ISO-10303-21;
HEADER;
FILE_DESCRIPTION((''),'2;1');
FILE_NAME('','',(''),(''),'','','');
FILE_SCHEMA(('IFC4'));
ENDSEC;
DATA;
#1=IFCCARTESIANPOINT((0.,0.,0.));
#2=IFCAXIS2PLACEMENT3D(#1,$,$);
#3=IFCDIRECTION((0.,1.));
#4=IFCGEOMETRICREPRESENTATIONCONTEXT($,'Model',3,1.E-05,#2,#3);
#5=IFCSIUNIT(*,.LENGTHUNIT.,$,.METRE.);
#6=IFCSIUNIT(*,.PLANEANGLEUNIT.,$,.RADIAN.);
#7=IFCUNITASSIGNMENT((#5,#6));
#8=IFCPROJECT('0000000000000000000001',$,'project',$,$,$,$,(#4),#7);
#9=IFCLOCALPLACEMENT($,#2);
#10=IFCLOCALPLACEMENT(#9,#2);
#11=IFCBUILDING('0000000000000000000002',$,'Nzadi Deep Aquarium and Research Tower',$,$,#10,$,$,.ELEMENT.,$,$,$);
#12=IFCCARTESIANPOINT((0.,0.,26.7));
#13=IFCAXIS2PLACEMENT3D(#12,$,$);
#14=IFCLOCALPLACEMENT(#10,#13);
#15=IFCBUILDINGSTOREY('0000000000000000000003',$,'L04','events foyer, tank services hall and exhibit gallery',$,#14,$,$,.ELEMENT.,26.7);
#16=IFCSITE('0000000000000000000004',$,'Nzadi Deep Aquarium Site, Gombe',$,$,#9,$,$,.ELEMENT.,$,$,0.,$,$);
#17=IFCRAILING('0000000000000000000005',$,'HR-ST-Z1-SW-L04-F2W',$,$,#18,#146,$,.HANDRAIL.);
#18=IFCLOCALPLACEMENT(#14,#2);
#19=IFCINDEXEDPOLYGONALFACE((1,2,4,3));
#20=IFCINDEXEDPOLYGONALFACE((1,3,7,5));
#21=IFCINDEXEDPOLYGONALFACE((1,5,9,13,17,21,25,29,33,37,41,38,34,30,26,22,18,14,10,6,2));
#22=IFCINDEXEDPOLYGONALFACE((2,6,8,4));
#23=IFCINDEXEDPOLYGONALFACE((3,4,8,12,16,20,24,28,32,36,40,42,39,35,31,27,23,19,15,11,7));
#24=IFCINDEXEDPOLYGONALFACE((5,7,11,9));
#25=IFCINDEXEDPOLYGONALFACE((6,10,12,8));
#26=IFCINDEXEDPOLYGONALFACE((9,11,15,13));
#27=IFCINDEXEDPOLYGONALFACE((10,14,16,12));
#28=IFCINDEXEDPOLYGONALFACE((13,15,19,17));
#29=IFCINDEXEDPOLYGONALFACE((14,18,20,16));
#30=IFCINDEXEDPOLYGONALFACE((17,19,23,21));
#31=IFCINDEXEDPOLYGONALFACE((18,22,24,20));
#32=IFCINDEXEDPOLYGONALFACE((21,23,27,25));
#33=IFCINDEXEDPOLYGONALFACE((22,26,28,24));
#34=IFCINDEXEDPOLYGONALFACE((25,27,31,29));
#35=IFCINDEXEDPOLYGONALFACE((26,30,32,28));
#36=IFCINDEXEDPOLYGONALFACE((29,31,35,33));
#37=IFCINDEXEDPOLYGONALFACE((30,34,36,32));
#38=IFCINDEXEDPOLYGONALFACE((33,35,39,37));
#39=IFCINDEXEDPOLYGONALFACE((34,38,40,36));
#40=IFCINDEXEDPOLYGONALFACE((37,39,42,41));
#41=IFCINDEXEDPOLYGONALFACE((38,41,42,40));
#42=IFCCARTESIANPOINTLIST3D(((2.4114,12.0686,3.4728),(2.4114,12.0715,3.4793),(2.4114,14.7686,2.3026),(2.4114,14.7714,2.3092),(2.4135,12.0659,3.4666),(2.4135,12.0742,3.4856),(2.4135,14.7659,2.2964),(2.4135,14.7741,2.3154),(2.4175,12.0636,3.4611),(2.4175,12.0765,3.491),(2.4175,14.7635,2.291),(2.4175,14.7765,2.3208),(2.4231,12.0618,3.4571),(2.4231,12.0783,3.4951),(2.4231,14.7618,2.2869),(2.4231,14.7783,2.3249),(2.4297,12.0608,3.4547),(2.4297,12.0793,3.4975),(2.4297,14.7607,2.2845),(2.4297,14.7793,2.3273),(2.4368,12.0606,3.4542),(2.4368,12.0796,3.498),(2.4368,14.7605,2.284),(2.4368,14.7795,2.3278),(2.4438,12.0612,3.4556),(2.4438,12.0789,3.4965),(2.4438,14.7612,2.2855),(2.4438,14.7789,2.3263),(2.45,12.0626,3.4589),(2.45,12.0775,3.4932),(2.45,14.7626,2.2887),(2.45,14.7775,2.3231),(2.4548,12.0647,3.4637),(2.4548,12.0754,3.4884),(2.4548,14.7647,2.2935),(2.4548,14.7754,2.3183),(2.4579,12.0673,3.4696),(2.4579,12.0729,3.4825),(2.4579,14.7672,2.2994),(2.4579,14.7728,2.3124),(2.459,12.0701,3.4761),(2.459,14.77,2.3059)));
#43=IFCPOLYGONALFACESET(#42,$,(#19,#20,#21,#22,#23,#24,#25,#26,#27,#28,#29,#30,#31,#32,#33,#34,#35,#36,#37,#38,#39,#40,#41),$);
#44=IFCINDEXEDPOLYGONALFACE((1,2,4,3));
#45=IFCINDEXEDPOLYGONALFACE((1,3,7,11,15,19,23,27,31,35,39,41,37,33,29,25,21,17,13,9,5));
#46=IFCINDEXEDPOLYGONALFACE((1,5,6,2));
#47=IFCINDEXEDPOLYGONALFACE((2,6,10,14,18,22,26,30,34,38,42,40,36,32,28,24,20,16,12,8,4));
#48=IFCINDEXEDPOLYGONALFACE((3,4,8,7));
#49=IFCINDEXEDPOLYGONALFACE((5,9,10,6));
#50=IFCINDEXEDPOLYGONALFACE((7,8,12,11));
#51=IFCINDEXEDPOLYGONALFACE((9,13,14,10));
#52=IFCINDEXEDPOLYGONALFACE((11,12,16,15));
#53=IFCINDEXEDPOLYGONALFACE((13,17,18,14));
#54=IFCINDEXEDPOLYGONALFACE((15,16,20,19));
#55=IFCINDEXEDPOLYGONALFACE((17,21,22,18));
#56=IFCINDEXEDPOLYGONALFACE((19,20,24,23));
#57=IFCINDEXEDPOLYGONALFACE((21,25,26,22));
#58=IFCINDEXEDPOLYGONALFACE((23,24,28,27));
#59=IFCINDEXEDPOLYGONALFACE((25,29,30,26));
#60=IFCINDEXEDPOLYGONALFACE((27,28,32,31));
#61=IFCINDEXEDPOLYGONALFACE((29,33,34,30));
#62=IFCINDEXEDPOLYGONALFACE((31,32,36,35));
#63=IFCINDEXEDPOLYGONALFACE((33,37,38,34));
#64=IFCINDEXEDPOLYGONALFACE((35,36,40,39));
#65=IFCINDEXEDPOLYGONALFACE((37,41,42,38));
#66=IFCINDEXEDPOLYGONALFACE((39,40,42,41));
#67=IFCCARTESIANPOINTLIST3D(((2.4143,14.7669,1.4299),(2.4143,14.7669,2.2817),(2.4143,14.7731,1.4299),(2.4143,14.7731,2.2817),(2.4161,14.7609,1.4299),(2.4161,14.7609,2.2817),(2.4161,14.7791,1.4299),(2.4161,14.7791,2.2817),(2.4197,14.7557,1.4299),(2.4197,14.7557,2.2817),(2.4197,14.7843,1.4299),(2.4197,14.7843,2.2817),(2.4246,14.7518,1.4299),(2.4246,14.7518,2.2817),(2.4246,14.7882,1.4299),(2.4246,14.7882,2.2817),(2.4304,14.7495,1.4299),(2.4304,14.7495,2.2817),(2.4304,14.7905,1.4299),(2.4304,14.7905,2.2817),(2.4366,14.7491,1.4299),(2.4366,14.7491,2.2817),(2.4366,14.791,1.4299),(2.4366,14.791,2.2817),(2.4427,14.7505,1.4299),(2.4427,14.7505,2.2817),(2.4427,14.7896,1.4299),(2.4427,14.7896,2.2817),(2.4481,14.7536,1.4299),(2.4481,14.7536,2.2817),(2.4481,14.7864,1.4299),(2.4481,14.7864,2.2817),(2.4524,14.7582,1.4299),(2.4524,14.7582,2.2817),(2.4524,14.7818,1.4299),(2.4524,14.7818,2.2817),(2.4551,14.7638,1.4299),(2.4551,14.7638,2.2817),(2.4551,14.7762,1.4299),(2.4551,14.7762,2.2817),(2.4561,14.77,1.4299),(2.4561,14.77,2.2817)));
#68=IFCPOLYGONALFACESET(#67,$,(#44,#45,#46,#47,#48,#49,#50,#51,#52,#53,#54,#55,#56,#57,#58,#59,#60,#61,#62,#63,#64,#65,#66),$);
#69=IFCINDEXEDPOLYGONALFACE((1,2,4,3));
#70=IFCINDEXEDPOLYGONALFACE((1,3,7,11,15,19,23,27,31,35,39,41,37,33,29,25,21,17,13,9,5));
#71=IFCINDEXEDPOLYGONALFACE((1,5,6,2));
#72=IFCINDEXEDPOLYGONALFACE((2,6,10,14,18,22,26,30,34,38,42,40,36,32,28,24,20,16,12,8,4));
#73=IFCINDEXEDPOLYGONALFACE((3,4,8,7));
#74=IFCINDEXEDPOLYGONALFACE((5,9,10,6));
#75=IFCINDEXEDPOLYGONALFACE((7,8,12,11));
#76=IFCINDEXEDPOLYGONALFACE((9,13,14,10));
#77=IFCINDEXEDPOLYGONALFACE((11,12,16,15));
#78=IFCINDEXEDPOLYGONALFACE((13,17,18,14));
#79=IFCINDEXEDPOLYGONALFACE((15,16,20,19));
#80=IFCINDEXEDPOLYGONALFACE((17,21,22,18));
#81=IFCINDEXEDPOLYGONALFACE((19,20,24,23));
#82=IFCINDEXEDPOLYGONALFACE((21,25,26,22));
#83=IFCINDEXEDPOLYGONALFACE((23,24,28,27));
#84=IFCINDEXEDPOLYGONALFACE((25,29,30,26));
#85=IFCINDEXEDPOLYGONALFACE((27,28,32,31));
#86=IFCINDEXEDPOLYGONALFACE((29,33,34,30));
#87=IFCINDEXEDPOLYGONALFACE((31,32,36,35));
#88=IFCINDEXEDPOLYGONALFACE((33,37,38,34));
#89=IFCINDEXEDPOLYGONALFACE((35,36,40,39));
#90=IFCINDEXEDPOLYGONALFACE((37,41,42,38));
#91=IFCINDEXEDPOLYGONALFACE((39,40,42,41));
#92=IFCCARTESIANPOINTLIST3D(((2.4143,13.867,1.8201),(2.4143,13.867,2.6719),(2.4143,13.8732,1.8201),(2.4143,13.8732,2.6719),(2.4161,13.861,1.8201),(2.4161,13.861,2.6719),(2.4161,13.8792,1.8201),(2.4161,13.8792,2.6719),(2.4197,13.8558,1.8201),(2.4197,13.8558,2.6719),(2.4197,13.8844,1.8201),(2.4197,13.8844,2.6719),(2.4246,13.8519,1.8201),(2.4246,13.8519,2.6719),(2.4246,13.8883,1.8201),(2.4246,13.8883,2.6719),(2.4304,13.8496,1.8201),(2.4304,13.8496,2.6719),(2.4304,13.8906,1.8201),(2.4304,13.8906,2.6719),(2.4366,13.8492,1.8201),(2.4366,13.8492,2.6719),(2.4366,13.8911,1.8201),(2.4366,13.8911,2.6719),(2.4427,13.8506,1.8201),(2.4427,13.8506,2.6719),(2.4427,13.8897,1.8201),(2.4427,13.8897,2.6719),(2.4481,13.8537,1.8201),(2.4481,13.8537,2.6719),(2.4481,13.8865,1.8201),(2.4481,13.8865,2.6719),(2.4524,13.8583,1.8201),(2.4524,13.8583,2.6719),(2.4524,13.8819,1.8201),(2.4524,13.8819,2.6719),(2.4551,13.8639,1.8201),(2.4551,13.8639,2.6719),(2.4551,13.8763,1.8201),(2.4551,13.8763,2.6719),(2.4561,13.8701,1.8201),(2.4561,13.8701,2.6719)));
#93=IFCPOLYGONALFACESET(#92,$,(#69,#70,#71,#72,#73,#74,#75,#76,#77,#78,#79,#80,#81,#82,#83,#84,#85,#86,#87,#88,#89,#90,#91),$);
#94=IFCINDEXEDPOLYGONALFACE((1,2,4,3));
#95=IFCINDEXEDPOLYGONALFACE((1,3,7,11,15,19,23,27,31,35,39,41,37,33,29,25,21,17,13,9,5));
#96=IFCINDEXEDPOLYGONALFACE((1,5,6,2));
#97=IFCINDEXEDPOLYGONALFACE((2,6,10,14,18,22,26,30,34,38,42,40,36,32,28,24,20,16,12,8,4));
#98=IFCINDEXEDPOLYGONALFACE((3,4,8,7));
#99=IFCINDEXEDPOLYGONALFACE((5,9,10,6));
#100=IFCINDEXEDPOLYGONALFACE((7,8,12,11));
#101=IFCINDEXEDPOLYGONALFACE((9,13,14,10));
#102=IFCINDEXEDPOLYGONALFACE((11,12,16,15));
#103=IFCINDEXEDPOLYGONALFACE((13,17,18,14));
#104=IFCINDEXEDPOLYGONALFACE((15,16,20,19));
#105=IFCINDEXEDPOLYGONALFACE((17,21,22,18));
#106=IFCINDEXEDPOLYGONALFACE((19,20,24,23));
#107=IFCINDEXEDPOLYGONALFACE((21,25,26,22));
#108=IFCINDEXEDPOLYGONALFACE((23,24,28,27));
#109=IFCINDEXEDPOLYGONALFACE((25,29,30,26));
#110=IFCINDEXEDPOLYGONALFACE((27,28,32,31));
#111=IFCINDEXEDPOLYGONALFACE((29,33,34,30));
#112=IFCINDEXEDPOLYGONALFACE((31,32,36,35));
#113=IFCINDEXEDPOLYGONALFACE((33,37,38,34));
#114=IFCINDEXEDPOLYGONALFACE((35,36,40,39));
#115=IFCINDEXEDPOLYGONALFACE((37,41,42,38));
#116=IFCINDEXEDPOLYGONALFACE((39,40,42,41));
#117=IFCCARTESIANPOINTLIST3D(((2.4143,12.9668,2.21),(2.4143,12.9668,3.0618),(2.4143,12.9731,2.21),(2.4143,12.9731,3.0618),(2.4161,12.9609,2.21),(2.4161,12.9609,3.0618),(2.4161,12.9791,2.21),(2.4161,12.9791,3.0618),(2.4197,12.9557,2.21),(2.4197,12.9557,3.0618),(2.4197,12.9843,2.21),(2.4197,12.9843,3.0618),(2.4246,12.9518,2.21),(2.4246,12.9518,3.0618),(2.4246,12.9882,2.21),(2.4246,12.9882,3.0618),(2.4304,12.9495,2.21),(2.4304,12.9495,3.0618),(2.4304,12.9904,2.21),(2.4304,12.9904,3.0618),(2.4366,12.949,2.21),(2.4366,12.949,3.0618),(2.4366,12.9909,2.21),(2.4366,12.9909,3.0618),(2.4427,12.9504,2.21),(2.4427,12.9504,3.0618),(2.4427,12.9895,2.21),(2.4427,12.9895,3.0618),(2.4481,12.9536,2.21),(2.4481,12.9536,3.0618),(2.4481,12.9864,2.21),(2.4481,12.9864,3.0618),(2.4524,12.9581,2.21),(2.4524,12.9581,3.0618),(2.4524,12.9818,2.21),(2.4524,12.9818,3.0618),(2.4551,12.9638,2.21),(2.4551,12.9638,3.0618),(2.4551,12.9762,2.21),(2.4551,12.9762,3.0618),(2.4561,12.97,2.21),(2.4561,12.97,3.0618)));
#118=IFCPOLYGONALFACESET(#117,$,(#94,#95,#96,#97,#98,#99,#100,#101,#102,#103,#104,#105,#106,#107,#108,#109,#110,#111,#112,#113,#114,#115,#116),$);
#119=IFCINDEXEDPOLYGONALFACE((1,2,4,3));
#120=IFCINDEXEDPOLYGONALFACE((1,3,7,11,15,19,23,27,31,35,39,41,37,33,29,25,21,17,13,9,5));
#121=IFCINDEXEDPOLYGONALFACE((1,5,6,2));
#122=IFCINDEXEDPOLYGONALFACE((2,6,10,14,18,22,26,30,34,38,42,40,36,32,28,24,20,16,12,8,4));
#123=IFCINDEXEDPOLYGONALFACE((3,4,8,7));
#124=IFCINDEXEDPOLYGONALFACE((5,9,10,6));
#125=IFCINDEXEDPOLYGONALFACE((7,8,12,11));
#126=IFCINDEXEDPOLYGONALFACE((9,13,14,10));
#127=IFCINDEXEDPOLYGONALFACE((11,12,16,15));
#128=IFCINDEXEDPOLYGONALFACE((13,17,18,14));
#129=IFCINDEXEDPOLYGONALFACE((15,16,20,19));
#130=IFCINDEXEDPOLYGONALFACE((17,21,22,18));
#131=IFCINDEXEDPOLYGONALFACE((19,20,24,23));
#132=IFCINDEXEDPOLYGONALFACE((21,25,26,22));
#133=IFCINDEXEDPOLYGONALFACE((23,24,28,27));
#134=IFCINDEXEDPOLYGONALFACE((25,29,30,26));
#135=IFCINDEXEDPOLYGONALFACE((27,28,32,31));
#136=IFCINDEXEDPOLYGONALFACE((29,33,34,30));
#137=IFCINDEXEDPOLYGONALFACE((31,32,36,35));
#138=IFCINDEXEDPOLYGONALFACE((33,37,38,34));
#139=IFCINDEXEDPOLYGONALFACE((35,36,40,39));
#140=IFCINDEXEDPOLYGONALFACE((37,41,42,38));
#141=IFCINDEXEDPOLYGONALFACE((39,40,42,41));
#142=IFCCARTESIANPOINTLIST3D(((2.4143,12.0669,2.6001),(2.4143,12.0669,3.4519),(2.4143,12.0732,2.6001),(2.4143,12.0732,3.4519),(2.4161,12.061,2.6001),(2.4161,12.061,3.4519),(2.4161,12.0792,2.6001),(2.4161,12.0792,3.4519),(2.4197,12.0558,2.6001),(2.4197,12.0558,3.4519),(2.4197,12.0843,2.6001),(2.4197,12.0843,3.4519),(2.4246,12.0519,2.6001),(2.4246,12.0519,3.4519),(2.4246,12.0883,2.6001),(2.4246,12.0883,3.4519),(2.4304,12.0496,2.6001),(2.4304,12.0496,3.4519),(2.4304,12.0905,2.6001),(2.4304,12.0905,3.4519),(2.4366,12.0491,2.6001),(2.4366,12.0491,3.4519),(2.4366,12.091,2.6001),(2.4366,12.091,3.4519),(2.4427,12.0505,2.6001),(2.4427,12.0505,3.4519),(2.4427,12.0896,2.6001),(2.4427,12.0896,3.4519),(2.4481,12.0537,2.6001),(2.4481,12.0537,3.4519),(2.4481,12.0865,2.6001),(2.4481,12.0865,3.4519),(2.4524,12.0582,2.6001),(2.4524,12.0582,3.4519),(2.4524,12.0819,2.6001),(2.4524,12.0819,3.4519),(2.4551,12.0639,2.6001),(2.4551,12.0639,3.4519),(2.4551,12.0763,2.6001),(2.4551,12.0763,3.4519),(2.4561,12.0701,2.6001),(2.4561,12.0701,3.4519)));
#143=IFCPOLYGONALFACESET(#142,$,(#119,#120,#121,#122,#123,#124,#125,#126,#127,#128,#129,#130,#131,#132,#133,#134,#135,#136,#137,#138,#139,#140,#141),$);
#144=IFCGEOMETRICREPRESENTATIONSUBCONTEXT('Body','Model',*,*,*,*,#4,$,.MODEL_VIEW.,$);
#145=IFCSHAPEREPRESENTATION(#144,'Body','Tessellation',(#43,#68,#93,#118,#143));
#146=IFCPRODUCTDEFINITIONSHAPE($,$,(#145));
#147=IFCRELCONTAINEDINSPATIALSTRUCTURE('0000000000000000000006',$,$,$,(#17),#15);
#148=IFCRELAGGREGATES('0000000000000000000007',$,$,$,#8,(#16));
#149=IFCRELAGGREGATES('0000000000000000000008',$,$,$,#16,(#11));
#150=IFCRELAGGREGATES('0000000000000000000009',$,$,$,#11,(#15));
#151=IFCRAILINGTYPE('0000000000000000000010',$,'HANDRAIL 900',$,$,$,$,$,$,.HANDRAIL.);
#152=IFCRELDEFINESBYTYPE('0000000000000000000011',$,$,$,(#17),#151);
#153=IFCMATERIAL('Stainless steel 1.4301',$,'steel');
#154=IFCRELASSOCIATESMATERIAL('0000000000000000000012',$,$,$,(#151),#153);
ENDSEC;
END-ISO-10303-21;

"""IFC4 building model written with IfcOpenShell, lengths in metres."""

from ifc_helpers import new_model, si_unit, direction, frame, origin, origin_2d, place, context, subcontext, project, spatial, circle, extrude, material, type_object, element, save


model = new_model("IFC4")

# Units and contexts
model_context = context("Model", 3, precision=1e-05, world=origin(), true_north=direction((0.0, 1.0)))
body_context = subcontext(model_context, "Body", "Model", "MODEL_VIEW")
ifc_project = project(units=[si_unit("LENGTHUNIT", "METRE"), si_unit("PLANEANGLEUNIT", "RADIAN")], contexts=[model_context])

# Site, building, storey
site_placement = place(None, origin())
site = spatial("IfcSite", under=ifc_project, at=site_placement, Name="Nzadi Deep Aquarium Site, Gombe", CompositionType="ELEMENT", RefElevation=0.0)
building_placement = place(site_placement, origin())
building = spatial("IfcBuilding", under=site, at=building_placement, Name="Nzadi Deep Aquarium and Research Tower", CompositionType="ELEMENT")
storey_placement = place(building_placement, frame((0.0, 0.0, 26.7)))
storey = spatial("IfcBuildingStorey", under=building, at=storey_placement, Name="L04", Description="events foyer, tank services hall and exhibit gallery", CompositionType="ELEMENT", Elevation=26.7)

# Railing
ifc_material_1 = material(Name="Stainless steel 1.4301", Category="steel")
railing_type = type_object("IfcRailingType", Name="HANDRAIL 900", PredefinedType="HANDRAIL", material=ifc_material_1)
for number, where, name in (
    (1, (2.4351, 14.77, 1.4299), "HR-ST-Z1-SW-L04-F2W"),
):
    element("IfcRailing", number, at=place(storey_placement, frame(where)), inside=storey, type_object=railing_type, Name=name, PredefinedType="HANDRAIL", context=body_context, shape_type="SweptSolid", body=[
        extrude(circle(Radius=0.0239, at=origin_2d()), frame((0.0, 0.0, 0.876), z_axis=(0.0, -0.917532, 0.397661), x_axis=(1.0, 0.0, 0.0)), (0.0, 0.0, 1.0), 2.9426),
        extrude(circle(Radius=0.021, at=origin_2d()), origin(), (0.0, 0.0, 1.0), 0.8518),
        extrude(circle(Radius=0.021, at=origin_2d()), frame((0.0, -0.8999, 0.3901)), (0.0, 0.0, 1.0), 0.8518),
        extrude(circle(Radius=0.021, at=origin_2d()), frame((0.0, -1.8, 0.78)), (0.0, 0.0, 1.0), 0.8518),
        extrude(circle(Radius=0.021, at=origin_2d()), frame((0.0, -2.7, 1.1702)), (0.0, 0.0, 1.0), 0.8518),
    ])

save(model, "model.ifc")
